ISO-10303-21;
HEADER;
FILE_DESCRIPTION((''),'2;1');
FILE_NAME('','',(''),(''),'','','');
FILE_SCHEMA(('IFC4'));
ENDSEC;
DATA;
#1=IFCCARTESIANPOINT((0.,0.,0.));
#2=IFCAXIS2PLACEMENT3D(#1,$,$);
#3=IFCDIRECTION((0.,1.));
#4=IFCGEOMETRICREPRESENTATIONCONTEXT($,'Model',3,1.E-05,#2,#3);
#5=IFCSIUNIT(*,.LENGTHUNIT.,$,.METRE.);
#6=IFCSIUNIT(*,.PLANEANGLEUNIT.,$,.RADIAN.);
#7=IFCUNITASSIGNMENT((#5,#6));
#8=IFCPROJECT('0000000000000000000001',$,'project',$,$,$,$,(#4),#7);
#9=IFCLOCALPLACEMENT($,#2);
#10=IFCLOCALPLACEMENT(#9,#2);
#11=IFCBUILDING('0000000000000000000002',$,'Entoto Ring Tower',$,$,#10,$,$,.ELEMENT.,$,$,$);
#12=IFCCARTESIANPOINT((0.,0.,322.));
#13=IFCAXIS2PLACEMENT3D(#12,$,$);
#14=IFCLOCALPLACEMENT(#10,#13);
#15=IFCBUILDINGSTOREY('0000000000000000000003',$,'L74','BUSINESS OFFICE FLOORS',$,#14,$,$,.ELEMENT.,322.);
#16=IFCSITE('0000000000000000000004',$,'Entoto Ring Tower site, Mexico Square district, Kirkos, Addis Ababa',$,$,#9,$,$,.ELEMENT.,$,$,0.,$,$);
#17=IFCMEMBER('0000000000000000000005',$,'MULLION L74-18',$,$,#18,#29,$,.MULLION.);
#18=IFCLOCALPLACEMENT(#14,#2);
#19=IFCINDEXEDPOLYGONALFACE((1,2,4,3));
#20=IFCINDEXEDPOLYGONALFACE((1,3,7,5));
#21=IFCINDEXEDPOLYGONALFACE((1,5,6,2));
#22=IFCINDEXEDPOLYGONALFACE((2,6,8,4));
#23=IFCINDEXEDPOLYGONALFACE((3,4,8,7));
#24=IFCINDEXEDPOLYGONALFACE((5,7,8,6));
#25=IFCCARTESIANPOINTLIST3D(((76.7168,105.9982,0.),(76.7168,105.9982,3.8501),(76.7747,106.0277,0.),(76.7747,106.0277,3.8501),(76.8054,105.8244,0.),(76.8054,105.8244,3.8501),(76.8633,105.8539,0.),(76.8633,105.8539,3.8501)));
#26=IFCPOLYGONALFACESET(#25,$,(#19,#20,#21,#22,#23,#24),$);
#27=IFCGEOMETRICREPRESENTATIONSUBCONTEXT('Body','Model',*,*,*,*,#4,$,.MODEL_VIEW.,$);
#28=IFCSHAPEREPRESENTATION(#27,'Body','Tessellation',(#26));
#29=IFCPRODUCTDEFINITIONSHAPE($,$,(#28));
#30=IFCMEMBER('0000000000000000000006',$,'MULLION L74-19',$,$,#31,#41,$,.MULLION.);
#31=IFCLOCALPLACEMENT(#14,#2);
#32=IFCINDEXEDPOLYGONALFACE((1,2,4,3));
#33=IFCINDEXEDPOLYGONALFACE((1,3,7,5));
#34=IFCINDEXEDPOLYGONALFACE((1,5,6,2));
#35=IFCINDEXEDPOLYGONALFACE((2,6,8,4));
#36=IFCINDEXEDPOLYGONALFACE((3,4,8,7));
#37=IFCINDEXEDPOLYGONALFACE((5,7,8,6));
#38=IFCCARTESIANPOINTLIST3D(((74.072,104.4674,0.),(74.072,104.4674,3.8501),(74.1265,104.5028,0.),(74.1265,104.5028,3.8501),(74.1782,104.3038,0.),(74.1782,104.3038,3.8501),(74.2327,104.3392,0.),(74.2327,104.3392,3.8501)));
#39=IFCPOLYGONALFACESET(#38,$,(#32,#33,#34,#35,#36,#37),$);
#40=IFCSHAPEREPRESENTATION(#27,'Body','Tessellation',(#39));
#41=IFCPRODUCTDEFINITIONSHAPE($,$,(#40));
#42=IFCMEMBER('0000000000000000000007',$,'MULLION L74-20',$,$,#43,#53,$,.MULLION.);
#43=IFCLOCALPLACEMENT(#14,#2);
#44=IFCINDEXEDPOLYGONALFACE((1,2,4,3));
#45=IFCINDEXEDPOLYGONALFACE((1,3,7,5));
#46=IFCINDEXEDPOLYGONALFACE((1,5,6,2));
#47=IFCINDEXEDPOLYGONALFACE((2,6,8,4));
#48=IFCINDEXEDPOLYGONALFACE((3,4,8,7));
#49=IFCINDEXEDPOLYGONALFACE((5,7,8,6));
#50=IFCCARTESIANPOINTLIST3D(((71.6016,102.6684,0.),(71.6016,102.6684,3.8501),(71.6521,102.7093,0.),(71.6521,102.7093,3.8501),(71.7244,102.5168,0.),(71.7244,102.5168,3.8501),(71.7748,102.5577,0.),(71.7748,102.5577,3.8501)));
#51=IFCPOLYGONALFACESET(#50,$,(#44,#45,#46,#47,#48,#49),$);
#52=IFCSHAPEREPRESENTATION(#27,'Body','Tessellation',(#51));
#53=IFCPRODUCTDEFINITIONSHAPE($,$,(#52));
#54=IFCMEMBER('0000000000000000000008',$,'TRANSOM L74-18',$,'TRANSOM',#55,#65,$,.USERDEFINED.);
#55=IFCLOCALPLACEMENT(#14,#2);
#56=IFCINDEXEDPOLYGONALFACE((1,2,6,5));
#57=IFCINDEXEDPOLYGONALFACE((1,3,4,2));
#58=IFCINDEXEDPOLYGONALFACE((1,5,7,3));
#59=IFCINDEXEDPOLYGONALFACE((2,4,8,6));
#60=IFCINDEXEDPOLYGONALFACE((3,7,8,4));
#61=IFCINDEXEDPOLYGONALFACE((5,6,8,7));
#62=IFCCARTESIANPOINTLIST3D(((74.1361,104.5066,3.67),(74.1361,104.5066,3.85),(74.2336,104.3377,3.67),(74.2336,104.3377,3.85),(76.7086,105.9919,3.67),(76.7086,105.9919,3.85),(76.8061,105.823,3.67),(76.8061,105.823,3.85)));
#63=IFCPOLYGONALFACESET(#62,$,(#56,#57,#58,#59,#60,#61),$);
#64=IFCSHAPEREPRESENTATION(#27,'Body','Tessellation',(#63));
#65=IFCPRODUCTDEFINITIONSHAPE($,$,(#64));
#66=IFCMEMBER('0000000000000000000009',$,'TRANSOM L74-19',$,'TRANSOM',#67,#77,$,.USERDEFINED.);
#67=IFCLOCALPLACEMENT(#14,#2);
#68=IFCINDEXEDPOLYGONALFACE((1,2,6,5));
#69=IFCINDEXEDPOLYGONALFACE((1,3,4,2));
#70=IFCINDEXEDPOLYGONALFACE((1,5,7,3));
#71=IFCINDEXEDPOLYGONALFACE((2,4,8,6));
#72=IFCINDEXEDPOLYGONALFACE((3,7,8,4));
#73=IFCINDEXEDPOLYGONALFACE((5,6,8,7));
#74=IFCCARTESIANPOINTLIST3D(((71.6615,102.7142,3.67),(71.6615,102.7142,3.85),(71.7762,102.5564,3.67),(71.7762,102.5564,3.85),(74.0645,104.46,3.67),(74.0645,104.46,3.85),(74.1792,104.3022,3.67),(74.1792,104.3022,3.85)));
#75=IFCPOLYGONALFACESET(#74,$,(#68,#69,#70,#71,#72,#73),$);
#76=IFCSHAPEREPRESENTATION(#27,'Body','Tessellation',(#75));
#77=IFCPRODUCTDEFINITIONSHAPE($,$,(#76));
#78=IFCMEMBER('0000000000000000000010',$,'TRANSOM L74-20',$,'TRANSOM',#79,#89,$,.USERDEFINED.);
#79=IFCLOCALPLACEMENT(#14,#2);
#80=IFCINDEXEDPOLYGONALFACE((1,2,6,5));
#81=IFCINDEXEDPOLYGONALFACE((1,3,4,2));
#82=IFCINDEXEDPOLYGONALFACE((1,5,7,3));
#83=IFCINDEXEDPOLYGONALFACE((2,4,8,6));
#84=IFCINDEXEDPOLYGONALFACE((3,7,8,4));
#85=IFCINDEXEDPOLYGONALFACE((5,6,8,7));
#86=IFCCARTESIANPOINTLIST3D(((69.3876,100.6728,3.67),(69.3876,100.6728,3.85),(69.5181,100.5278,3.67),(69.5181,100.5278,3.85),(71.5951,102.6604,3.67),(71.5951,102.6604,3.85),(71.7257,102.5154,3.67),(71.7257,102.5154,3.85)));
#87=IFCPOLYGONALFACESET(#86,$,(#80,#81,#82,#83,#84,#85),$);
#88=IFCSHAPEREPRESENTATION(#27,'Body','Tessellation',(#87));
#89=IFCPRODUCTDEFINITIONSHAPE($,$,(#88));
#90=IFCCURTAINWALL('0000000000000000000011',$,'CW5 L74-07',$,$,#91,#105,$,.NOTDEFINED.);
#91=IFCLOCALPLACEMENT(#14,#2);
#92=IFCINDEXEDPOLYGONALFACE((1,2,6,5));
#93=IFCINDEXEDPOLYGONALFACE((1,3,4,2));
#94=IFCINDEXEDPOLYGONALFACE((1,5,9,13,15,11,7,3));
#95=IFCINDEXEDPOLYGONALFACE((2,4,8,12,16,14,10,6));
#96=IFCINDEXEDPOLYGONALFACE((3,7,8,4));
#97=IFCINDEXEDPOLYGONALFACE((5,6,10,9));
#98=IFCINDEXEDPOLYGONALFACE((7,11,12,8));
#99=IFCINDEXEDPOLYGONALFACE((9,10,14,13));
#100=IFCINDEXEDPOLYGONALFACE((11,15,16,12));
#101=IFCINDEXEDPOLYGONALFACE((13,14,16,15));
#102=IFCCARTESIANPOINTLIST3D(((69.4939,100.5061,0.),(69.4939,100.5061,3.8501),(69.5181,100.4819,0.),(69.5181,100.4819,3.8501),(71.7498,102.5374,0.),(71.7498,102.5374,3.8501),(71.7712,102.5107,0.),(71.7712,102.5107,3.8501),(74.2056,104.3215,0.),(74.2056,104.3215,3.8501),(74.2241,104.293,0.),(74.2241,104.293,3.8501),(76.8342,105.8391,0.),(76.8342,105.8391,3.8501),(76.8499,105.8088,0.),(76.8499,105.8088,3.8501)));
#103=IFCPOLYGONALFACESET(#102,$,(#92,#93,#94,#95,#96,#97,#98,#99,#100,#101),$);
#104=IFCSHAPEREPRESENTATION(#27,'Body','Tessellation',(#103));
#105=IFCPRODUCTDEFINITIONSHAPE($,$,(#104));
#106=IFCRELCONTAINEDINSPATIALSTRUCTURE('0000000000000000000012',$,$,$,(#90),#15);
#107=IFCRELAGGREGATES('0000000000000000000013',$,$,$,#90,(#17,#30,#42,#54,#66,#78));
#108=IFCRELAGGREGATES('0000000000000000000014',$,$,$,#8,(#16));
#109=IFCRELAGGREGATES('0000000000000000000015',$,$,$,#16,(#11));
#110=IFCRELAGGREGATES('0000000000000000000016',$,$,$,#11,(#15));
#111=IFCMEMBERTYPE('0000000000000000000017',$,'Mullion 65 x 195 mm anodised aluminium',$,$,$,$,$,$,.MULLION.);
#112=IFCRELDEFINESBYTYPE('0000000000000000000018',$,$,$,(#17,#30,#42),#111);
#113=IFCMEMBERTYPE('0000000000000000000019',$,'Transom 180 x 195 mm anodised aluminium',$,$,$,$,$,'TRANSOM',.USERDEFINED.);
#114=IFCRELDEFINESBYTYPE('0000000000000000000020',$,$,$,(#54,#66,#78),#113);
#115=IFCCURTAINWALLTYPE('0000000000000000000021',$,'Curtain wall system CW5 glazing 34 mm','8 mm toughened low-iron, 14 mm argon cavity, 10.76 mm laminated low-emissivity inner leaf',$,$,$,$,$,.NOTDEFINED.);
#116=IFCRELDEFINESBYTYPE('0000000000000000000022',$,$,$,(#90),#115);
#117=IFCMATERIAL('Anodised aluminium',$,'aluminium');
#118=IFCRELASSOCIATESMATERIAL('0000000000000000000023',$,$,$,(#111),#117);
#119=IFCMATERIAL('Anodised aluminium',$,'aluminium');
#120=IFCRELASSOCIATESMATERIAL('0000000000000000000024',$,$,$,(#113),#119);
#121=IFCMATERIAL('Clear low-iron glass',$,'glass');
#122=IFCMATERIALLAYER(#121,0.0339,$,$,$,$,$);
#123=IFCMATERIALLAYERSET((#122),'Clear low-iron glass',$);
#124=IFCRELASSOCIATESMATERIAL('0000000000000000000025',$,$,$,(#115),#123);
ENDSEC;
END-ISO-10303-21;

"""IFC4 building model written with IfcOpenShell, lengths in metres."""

from ifc_helpers import new_model, si_unit, direction, frame, origin, origin_2d, place, context, subcontext, project, spatial, polyline, rectangle, outline, extrude, material, layer, layer_set, material_profile, profile_set, type_object, element, aggregate, save


model = new_model("IFC4")

# Units and contexts
model_context = context("Model", 3, precision=1e-05, world=origin(), true_north=direction((0.0, 1.0)))
body_context = subcontext(model_context, "Body", "Model", "MODEL_VIEW")
ifc_project = project(units=[si_unit("LENGTHUNIT", "METRE"), si_unit("PLANEANGLEUNIT", "RADIAN")], contexts=[model_context])

# Members
ifc_material_1 = material(Name="Anodised aluminium", Category="aluminium")
ifc_material_profile_1 = material_profile(ifc_material_1, rectangle(XDim=0.0649, YDim=0.1951, at=origin_2d()), Name="Mullion 65 x 195 mm anodised aluminium")
ifc_profile_set_1 = profile_set([ifc_material_profile_1], Name="Anodised aluminium")
member_type_1 = type_object("IfcMemberType", Name="Mullion 65 x 195 mm anodised aluminium", PredefinedType="MULLION", material=ifc_profile_set_1)
site_placement = place(None, origin())
building_placement = place(site_placement, origin())
storey_placement = place(building_placement, frame((0.0, 0.0, 322.0)))
member_1_placement = place(storey_placement, frame((76.79, 105.926, 0.0), z_axis=(0.0, 0.0, 1.0), x_axis=(-0.891007, -0.45399, 0.0)))
member_1 = element("IfcMember", 1, at=member_1_placement, type_object=member_type_1, Name="MULLION L74-18", PredefinedType="MULLION", context=body_context, shape_type="SweptSolid", body=[
    extrude(rectangle(XDim=0.0649, YDim=0.1951, at=origin_2d()), origin(), (0.0, 0.0, 1.0), 3.8501),
])
member_2_placement = place(storey_placement, frame((74.1523, 104.4033, 0.0), z_axis=(0.0, 0.0, 1.0), x_axis=(-0.838671, -0.544639, 0.0)))
member_2 = element("IfcMember", 2, at=member_2_placement, type_object=member_type_1, Name="MULLION L74-19", PredefinedType="MULLION", context=body_context, shape_type="SweptSolid", body=[
    extrude(rectangle(XDim=0.0649, YDim=0.1951, at=origin_2d()), origin(), (0.0, 0.0, 1.0), 3.8501),
])
member_3_placement = place(storey_placement, frame((71.6882, 102.613, 0.0), z_axis=(0.0, 0.0, 1.0), x_axis=(-0.777146, -0.62932, 0.0)))
member_3 = element("IfcMember", 3, at=member_3_placement, type_object=member_type_1, Name="MULLION L74-20", PredefinedType="MULLION", context=body_context, shape_type="SweptSolid", body=[
    extrude(rectangle(XDim=0.0649, YDim=0.1951, at=origin_2d()), origin(), (0.0, 0.0, 1.0), 3.8501),
])
ifc_material_2 = material(Name="Anodised aluminium", Category="aluminium")
ifc_material_profile_2 = material_profile(ifc_material_2, rectangle(XDim=0.1951, YDim=0.1799, at=origin_2d()), Name="Transom 180 x 195 mm anodised aluminium")
ifc_profile_set_2 = profile_set([ifc_material_profile_2], Name="Anodised aluminium")
member_type_2 = type_object("IfcMemberType", Name="Transom 180 x 195 mm anodised aluminium", ElementType="TRANSOM", PredefinedType="USERDEFINED", material=ifc_profile_set_2)
member_4_placement = place(storey_placement, frame((76.7573, 105.9075, 3.76), z_axis=(-0.866009, -0.500028, 0.0), x_axis=(0.500028, -0.866009, 0.0)))
member_4 = element("IfcMember", 4, at=member_4_placement, type_object=member_type_2, Name="TRANSOM L74-18", ObjectType="TRANSOM", PredefinedType="USERDEFINED", context=body_context, shape_type="SweptSolid", body=[
    extrude(rectangle(XDim=0.1951, YDim=0.1799, at=origin_2d()), origin(), (0.0, 0.0, 1.0), 2.9705),
])
member_5_placement = place(storey_placement, frame((74.1218, 104.3811, 3.76), z_axis=(-0.809031, -0.587766, 0.0), x_axis=(0.587766, -0.809031, 0.0)))
member_5 = element("IfcMember", 5, at=member_5_placement, type_object=member_type_2, Name="TRANSOM L74-19", ObjectType="TRANSOM", PredefinedType="USERDEFINED", context=body_context, shape_type="SweptSolid", body=[
    extrude(rectangle(XDim=0.1951, YDim=0.1799, at=origin_2d()), origin(), (0.0, 0.0, 1.0), 2.9702),
])
member_6_placement = place(storey_placement, frame((71.6604, 102.5879, 3.76), z_axis=(-0.743163, -0.66911, 0.0), x_axis=(0.66911, -0.743163, 0.0)))
member_6 = element("IfcMember", 6, at=member_6_placement, type_object=member_type_2, Name="TRANSOM L74-20", ObjectType="TRANSOM", PredefinedType="USERDEFINED", context=body_context, shape_type="SweptSolid", body=[
    extrude(rectangle(XDim=0.1951, YDim=0.1799, at=origin_2d()), origin(), (0.0, 0.0, 1.0), 2.9705),
])

# Site, building, storey
site = spatial("IfcSite", under=ifc_project, at=site_placement, Name="Entoto Ring Tower site, Mexico Square district, Kirkos, Addis Ababa", CompositionType="ELEMENT", RefElevation=0.0)
building = spatial("IfcBuilding", under=site, at=building_placement, Name="Entoto Ring Tower", CompositionType="ELEMENT")
storey = spatial("IfcBuildingStorey", under=building, at=storey_placement, Name="L74", Description="BUSINESS OFFICE FLOORS", CompositionType="ELEMENT", Elevation=322.0)

# Curtain wall
ifc_material_3 = material(Name="Clear low-iron glass", Category="glass")
ifc_layer = layer(ifc_material_3, 0.0339)
ifc_layer_set = layer_set([ifc_layer], Name="Clear low-iron glass")
curtain_wall_type = type_object("IfcCurtainWallType", Name="Curtain wall system CW5 glazing 34 mm", Description="8 mm toughened low-iron, 14 mm argon cavity, 10.76 mm laminated low-emissivity inner leaf", PredefinedType="NOTDEFINED", material=ifc_layer_set)
curtain_wall_1_placement = place(storey_placement, origin())
curtain_wall_1 = element("IfcCurtainWall", 7, at=curtain_wall_1_placement, inside=storey, type_object=curtain_wall_type, Name="CW5 L74-07", PredefinedType="NOTDEFINED", context=body_context, shape_type="SweptSolid", body=[
    extrude(outline(polyline([(76.8342, 105.8391), (74.2056, 104.3215), (71.7498, 102.5374), (69.4939, 100.5061), (69.5181, 100.4819), (71.7712, 102.5107), (74.2241, 104.293), (76.8499, 105.8088), (76.8342, 105.8391)])), origin(), (0.0, 0.0, 1.0), 3.8501),
])
aggregate(curtain_wall_1, [member_1, member_2, member_3, member_4, member_5, member_6])

save(model, "model.ifc")
